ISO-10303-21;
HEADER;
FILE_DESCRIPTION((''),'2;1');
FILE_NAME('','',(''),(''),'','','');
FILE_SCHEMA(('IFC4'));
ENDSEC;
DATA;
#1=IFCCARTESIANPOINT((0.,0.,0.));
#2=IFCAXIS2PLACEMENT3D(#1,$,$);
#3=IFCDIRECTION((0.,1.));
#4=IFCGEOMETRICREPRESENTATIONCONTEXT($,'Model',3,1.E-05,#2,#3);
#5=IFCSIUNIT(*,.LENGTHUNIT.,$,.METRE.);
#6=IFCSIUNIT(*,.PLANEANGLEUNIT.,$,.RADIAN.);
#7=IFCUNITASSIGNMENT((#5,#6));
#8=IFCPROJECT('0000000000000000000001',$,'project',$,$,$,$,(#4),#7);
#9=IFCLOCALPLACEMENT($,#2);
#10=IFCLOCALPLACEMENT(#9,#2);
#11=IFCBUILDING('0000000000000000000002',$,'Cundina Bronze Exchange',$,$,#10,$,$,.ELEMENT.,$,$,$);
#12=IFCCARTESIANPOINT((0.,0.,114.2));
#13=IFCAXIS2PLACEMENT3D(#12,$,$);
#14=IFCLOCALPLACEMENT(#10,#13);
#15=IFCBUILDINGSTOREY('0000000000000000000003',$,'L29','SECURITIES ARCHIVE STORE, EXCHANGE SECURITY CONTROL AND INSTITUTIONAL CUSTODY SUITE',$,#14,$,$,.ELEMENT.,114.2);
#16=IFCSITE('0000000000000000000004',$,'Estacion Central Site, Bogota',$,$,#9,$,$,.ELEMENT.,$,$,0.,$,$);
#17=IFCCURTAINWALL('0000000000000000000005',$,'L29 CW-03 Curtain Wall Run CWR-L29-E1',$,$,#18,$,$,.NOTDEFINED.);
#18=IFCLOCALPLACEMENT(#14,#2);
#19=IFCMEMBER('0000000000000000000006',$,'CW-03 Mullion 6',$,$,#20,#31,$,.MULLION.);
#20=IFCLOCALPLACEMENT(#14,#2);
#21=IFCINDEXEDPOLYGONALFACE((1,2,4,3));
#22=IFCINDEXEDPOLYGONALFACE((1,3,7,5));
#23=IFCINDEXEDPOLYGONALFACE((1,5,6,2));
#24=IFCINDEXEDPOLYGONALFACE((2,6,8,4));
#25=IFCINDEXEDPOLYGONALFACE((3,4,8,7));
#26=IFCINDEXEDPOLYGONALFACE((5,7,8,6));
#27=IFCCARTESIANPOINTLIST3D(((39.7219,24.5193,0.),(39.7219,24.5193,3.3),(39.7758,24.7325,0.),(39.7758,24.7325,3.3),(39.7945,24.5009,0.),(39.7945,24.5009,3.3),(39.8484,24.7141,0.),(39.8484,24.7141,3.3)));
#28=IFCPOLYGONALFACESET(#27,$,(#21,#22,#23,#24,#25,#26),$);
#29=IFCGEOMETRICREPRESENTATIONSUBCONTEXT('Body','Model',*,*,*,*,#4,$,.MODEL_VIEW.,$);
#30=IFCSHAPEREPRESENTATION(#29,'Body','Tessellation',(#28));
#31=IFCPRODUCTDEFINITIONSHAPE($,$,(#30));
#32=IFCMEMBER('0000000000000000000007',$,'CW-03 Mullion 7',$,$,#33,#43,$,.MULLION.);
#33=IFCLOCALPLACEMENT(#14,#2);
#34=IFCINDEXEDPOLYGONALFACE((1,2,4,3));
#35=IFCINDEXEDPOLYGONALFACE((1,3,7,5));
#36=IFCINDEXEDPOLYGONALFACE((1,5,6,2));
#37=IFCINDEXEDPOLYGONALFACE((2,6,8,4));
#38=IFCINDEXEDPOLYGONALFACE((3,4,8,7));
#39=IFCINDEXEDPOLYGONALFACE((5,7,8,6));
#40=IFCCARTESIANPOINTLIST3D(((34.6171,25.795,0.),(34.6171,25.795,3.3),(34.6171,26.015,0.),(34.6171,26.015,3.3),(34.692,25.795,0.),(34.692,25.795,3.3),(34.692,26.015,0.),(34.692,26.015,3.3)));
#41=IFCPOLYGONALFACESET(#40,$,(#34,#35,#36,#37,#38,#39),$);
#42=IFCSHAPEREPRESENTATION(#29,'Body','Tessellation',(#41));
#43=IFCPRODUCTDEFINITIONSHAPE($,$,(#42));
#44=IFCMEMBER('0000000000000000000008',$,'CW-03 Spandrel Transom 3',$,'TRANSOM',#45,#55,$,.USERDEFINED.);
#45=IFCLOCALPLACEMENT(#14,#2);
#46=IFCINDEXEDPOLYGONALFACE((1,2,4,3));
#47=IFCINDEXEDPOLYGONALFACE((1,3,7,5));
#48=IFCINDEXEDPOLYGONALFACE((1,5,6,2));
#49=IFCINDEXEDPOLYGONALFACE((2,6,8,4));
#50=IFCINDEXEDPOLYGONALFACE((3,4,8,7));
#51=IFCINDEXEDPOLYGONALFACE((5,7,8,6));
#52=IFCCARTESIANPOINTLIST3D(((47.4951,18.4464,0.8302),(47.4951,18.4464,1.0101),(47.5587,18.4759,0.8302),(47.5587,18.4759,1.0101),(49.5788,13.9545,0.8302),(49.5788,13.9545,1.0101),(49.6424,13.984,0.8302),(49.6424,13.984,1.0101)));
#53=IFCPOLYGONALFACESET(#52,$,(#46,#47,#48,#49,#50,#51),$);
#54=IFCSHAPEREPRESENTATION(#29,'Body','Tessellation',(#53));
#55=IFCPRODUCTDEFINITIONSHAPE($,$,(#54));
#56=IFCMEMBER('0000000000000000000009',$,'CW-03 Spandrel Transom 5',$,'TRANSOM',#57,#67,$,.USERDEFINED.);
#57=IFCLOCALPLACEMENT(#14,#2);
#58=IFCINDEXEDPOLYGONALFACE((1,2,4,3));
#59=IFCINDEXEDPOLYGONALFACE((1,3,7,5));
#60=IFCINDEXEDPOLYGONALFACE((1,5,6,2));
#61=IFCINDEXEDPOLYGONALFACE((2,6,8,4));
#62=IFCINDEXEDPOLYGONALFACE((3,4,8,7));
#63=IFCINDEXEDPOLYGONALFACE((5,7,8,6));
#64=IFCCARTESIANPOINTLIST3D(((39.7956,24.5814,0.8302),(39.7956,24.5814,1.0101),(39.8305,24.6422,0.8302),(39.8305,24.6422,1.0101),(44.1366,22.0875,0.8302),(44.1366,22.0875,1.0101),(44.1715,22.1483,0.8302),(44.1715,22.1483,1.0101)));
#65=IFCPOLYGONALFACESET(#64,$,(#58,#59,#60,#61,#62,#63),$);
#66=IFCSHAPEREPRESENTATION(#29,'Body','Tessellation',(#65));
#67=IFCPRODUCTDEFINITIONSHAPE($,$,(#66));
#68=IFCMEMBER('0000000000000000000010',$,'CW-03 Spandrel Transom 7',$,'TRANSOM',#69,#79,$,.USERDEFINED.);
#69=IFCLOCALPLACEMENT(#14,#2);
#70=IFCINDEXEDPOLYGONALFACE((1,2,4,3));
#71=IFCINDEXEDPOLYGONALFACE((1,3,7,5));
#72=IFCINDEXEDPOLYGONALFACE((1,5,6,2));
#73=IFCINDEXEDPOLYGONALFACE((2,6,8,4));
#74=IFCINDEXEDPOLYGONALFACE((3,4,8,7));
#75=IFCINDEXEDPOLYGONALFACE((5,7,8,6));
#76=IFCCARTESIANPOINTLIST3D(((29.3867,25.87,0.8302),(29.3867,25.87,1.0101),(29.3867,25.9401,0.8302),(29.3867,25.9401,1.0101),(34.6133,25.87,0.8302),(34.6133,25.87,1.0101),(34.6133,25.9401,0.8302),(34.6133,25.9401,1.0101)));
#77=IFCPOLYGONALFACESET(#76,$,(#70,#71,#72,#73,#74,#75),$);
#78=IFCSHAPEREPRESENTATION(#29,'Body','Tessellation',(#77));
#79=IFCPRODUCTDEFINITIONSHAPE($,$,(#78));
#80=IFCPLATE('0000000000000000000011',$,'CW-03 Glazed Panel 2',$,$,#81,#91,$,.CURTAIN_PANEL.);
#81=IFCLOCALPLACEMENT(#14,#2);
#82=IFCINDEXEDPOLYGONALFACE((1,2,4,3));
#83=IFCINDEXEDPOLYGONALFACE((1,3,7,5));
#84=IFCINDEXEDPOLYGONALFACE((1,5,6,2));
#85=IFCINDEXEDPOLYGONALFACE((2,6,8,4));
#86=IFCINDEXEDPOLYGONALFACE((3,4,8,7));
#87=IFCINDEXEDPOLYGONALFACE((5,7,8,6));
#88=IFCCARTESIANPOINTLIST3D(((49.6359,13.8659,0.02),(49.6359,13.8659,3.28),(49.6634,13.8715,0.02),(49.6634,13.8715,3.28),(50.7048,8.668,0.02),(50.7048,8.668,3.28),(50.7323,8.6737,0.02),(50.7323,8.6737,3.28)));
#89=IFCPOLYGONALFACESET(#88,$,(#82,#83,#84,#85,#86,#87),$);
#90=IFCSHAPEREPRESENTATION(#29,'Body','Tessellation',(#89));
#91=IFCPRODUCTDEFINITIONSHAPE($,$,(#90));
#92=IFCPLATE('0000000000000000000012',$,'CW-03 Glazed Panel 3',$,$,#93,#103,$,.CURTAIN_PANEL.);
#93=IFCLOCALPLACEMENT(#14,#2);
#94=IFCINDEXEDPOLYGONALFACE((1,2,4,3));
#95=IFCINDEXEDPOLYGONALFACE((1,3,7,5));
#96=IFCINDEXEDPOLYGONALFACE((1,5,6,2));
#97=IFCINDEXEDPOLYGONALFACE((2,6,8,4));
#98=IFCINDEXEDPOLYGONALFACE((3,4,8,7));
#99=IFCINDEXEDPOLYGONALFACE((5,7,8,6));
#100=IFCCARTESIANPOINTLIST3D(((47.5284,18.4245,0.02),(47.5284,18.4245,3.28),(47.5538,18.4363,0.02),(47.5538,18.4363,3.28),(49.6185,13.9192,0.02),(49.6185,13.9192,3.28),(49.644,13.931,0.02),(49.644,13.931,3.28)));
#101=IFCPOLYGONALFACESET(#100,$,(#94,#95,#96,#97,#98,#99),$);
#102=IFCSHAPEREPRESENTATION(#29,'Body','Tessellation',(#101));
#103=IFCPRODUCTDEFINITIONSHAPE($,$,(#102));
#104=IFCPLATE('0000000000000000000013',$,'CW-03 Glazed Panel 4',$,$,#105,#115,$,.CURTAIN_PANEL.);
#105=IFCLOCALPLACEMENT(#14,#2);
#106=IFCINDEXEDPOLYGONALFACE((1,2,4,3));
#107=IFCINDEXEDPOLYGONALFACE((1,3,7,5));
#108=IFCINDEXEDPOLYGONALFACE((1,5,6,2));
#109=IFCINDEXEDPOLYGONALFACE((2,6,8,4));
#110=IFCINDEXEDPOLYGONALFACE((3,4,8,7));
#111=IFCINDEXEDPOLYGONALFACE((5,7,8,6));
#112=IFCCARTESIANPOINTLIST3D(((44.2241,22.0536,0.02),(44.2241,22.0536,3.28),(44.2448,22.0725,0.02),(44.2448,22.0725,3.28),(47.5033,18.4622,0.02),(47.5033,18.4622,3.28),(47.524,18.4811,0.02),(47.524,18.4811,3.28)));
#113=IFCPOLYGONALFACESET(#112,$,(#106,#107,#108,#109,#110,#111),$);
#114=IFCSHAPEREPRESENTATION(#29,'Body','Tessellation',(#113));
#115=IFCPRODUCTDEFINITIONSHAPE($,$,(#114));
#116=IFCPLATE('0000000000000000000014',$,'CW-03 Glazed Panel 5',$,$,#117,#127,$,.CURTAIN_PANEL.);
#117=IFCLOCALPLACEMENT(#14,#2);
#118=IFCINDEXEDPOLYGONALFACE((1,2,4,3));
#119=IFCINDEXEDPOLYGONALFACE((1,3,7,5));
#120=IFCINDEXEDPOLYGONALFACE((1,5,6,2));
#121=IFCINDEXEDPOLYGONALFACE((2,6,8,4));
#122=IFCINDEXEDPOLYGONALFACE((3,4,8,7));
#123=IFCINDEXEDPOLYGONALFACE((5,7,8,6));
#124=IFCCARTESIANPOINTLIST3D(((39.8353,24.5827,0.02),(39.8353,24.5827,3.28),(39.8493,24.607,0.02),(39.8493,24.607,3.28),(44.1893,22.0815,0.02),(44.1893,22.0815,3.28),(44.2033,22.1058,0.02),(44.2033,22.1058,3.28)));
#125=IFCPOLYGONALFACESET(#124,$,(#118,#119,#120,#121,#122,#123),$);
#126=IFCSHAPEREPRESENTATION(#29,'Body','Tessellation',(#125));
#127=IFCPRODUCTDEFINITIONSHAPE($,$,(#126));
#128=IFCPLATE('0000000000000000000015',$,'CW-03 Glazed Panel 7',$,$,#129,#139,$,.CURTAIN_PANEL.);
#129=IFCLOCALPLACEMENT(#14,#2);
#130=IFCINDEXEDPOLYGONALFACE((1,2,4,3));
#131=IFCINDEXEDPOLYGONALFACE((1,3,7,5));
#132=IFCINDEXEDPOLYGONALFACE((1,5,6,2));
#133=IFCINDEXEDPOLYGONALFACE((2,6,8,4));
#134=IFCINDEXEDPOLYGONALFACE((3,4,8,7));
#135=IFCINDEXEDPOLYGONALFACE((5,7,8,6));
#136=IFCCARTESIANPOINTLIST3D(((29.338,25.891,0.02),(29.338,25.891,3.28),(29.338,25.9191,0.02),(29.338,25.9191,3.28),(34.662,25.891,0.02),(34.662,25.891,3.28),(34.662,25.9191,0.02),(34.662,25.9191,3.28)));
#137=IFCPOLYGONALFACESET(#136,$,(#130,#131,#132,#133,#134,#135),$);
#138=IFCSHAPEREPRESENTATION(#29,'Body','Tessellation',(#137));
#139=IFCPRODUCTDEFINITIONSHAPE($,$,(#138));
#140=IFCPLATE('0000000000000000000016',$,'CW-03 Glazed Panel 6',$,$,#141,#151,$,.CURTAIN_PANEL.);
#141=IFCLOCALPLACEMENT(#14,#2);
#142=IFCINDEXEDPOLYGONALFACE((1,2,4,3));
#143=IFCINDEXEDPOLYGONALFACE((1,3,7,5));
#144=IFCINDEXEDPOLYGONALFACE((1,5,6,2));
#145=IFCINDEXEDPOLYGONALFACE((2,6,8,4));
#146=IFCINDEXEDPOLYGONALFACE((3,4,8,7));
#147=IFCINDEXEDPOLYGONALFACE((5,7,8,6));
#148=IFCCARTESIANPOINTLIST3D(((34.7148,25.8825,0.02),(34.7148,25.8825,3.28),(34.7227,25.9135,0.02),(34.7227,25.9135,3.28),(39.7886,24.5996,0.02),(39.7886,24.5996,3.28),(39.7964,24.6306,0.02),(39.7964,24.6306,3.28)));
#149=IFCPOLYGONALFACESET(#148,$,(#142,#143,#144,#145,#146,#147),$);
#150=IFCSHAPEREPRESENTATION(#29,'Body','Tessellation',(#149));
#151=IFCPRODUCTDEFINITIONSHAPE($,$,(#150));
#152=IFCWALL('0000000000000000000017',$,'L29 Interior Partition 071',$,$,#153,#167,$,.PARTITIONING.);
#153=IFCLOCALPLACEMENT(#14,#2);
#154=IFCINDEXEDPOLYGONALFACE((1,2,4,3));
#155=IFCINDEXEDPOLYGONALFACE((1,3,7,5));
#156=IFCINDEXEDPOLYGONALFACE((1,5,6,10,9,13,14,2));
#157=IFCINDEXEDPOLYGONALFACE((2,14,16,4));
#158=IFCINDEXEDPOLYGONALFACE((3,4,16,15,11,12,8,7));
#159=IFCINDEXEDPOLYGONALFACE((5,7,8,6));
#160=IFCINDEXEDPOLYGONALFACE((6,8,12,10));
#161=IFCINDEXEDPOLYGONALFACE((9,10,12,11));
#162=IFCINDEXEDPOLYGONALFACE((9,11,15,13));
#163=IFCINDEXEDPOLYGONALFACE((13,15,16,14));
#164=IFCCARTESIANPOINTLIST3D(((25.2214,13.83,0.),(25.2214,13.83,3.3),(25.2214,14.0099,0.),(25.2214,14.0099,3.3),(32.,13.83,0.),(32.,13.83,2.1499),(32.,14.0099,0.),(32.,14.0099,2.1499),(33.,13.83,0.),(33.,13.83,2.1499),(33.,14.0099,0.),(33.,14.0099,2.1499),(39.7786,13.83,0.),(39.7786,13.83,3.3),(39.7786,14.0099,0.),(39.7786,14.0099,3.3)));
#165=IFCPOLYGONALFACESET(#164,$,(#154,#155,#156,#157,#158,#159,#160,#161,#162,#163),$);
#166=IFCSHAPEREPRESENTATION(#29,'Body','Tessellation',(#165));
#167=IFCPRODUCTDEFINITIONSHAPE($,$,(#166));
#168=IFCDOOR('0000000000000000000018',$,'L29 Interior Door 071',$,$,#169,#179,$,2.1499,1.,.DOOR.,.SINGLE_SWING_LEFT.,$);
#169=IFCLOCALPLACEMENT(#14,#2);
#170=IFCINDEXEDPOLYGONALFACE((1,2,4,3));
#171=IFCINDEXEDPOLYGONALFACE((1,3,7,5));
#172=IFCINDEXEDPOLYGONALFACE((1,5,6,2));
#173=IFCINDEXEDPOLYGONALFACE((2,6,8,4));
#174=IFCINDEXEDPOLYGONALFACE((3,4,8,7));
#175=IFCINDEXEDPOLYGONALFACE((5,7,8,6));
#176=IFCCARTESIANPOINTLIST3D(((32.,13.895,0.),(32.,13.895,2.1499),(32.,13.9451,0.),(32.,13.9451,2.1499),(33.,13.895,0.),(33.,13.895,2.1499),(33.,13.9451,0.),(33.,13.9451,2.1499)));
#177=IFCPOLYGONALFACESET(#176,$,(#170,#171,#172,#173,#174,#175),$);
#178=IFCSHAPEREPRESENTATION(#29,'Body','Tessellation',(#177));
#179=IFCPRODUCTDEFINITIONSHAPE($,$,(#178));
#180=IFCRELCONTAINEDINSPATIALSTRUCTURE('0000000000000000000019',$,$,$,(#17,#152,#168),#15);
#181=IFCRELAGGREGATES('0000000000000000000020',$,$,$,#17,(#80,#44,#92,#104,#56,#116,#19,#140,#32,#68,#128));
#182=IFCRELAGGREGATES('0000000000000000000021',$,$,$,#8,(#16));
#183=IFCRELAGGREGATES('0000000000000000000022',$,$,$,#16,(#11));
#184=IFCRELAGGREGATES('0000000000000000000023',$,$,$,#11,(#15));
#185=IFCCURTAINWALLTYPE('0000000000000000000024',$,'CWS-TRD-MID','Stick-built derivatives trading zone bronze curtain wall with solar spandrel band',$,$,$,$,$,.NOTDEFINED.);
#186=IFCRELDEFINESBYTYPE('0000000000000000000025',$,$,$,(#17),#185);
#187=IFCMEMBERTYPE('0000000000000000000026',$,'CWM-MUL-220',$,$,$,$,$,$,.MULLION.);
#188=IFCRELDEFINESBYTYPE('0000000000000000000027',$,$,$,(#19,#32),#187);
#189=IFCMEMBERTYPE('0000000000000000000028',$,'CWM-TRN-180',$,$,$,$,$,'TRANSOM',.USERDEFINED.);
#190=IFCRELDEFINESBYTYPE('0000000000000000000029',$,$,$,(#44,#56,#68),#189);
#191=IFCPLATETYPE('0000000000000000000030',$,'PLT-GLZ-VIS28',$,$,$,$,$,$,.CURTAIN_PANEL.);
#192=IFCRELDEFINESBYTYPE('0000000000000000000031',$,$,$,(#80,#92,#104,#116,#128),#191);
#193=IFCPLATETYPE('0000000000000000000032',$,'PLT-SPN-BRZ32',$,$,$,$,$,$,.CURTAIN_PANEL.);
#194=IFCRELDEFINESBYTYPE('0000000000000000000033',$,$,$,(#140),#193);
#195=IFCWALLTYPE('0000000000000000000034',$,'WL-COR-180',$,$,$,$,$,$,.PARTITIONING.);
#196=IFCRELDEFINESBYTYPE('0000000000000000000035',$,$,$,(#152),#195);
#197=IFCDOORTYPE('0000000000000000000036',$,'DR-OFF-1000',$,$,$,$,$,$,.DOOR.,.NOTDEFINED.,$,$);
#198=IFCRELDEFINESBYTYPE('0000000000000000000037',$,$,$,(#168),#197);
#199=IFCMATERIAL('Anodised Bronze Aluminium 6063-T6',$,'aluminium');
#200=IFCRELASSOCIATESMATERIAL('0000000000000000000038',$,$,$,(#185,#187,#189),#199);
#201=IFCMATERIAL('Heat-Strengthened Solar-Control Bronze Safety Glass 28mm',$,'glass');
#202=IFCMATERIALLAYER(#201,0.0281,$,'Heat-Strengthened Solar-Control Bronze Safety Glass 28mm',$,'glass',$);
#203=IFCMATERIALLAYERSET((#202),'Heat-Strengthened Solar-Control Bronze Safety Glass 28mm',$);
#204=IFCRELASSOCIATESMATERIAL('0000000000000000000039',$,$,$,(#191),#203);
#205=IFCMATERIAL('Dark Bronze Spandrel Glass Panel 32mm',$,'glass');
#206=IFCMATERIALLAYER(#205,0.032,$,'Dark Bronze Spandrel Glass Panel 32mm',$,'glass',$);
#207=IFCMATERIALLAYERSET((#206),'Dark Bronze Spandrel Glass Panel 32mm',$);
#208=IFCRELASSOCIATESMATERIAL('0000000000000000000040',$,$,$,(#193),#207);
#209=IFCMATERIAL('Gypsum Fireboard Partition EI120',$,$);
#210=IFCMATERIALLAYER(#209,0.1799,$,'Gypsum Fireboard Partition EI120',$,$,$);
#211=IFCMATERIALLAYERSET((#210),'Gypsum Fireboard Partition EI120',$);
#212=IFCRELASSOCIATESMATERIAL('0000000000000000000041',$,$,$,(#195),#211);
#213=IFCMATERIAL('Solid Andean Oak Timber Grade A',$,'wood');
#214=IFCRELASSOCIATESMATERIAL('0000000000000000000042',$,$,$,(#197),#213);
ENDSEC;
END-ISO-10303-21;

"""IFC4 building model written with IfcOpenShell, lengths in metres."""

from ifc_helpers import new_model, si_unit, direction, frame, frame_2d, origin, origin_2d, place, context, subcontext, project, spatial, rectangle, extrude, material, layer, layer_set, material_profile, profile_set, type_object, element, fill, aggregate, save


model = new_model("IFC4")

# Units and contexts
model_context = context("Model", 3, precision=1e-05, world=origin(), true_north=direction((0.0, 1.0)))
body_context = subcontext(model_context, "Body", "Model", "MODEL_VIEW")
ifc_project = project(units=[si_unit("LENGTHUNIT", "METRE"), si_unit("PLANEANGLEUNIT", "RADIAN")], contexts=[model_context])

# Site, building, storey
site_placement = place(None, origin())
site = spatial("IfcSite", under=ifc_project, at=site_placement, Name="Estacion Central Site, Bogota", CompositionType="ELEMENT", RefElevation=0.0)
building_placement = place(site_placement, origin())
building = spatial("IfcBuilding", under=site, at=building_placement, Name="Cundina Bronze Exchange", CompositionType="ELEMENT")
storey_placement = place(building_placement, frame((0.0, 0.0, 114.2)))
storey = spatial("IfcBuildingStorey", under=building, at=storey_placement, Name="L29", Description="SECURITIES ARCHIVE STORE, EXCHANGE SECURITY CONTROL AND INSTITUTIONAL CUSTODY SUITE", CompositionType="ELEMENT", Elevation=114.2)

# Curtain wall, members, plates
ifc_material_1 = material(Name="Anodised Bronze Aluminium 6063-T6", Category="aluminium")
curtain_wall_type = type_object("IfcCurtainWallType", Name="CWS-TRD-MID", Description="Stick-built derivatives trading zone bronze curtain wall with solar spandrel band", PredefinedType="NOTDEFINED", material=ifc_material_1)
curtain_wall_placement = place(storey_placement, origin())
curtain_wall = element("IfcCurtainWall", 1, at=curtain_wall_placement, inside=storey, type_object=curtain_wall_type, Name="L29 CW-03 Curtain Wall Run CWR-L29-E1", PredefinedType="NOTDEFINED")
ifc_material_profile_1 = material_profile(ifc_material_1, rectangle(XDim=0.075, YDim=0.22, at=origin_2d()), Name="AL75X220", Category="aluminium")
ifc_profile_set_1 = profile_set([ifc_material_profile_1], Name="Anodised Bronze Aluminium 6063-T6")
member_type_1 = type_object("IfcMemberType", Name="CWM-MUL-220", PredefinedType="MULLION", material=ifc_profile_set_1)
member_1_placement = place(storey_placement, frame((39.7852, 24.6167, 0.0), z_axis=(0.0, 0.0, 1.0), x_axis=(-0.969488, 0.245138, 0.0)))
member_1 = element("IfcMember", 2, at=member_1_placement, type_object=member_type_1, Name="CW-03 Mullion 6", PredefinedType="MULLION", context=body_context, shape_type="SweptSolid", body=[
    extrude(rectangle(XDim=0.075, YDim=0.22, at=origin_2d()), origin(), (0.0, 0.0, 1.0), 3.3),
])
member_2_placement = place(storey_placement, frame((34.6545, 25.905, 0.0), z_axis=(0.0, 0.0, 1.0), x_axis=(-1.0, 0.0, 0.0)))
member_2 = element("IfcMember", 3, at=member_2_placement, type_object=member_type_1, Name="CW-03 Mullion 7", PredefinedType="MULLION", context=body_context, shape_type="SweptSolid", body=[
    extrude(rectangle(XDim=0.075, YDim=0.22, at=origin_2d()), origin(), (0.0, 0.0, 1.0), 3.3),
])
ifc_material_profile_2 = material_profile(ifc_material_1, rectangle(XDim=0.0701, YDim=0.1799, at=origin_2d()), Name="AL70X180", Category="aluminium")
ifc_profile_set_2 = profile_set([ifc_material_profile_2], Name="Anodised Bronze Aluminium 6063-T6")
member_type_2 = type_object("IfcMemberType", Name="CWM-TRN-180", ElementType="TRANSOM", PredefinedType="USERDEFINED", material=ifc_profile_set_2)
member_3_placement = place(storey_placement, frame((49.6106, 13.9692, 0.9202), z_axis=(-0.420811, 0.907148, 0.0), x_axis=(-0.907148, -0.420811, 0.0)))
member_3 = element("IfcMember", 4, at=member_3_placement, type_object=member_type_2, Name="CW-03 Spandrel Transom 3", ObjectType="TRANSOM", PredefinedType="USERDEFINED", context=body_context, shape_type="SweptSolid", body=[
    extrude(rectangle(XDim=0.0701, YDim=0.1799, at=origin_2d()), origin(), (0.0, 0.0, 1.0), 4.9517),
])
member_4_placement = place(storey_placement, frame((44.1541, 22.1179, 0.9202), z_axis=(-0.867097, 0.498139, 0.0), x_axis=(-0.498139, -0.867097, 0.0)))
member_4 = element("IfcMember", 5, at=member_4_placement, type_object=member_type_2, Name="CW-03 Spandrel Transom 5", ObjectType="TRANSOM", PredefinedType="USERDEFINED", context=body_context, shape_type="SweptSolid", body=[
    extrude(rectangle(XDim=0.0701, YDim=0.1799, at=origin_2d()), origin(), (0.0, 0.0, 1.0), 5.0063),
])
member_5_placement = place(storey_placement, frame((34.6133, 25.905, 0.9202), z_axis=(-1.0, 0.0, 0.0), x_axis=(0.0, -1.0, 0.0)))
member_5 = element("IfcMember", 6, at=member_5_placement, type_object=member_type_2, Name="CW-03 Spandrel Transom 7", ObjectType="TRANSOM", PredefinedType="USERDEFINED", context=body_context, shape_type="SweptSolid", body=[
    extrude(rectangle(XDim=0.0701, YDim=0.1799, at=origin_2d()), origin(), (0.0, 0.0, 1.0), 5.2266),
])
ifc_material_2 = material(Name="Heat-Strengthened Solar-Control Bronze Safety Glass 28mm", Category="glass")
ifc_layer_1 = layer(ifc_material_2, 0.0281, Name="Heat-Strengthened Solar-Control Bronze Safety Glass 28mm", Category="glass")
ifc_layer_set_1 = layer_set([ifc_layer_1], Name="Heat-Strengthened Solar-Control Bronze Safety Glass 28mm")
plate_type_1 = type_object("IfcPlateType", Name="PLT-GLZ-VIS28", PredefinedType="CURTAIN_PANEL", material=ifc_layer_set_1)
plate_1_placement = place(storey_placement, frame((50.1841, 11.2698, 0.02), z_axis=(0.0, 0.0, 1.0), x_axis=(-0.20142, 0.979505, 0.0)))
plate_1 = element("IfcPlate", 7, at=plate_1_placement, type_object=plate_type_1, Name="CW-03 Glazed Panel 2", PredefinedType="CURTAIN_PANEL", context=body_context, shape_type="SweptSolid", body=[
    extrude(rectangle(XDim=5.3066, YDim=0.0281, at=origin_2d()), origin(), (0.0, 0.0, 1.0), 3.26),
])
plate_2_placement = place(storey_placement, frame((48.5862, 16.1777, 0.02), z_axis=(0.0, 0.0, 1.0), x_axis=(-0.420846, 0.907132, 0.0)))
plate_2 = element("IfcPlate", 8, at=plate_2_placement, type_object=plate_type_1, Name="CW-03 Glazed Panel 3", PredefinedType="CURTAIN_PANEL", context=body_context, shape_type="SweptSolid", body=[
    extrude(rectangle(XDim=4.9666, YDim=0.0281, at=origin_2d()), origin(), (0.0, 0.0, 1.0), 3.26),
])
plate_3_placement = place(storey_placement, frame((45.874, 20.2673, 0.02), z_axis=(0.0, 0.0, 1.0), x_axis=(-0.674277, 0.738479, 0.0)))
plate_3 = element("IfcPlate", 9, at=plate_3_placement, type_object=plate_type_1, Name="CW-03 Glazed Panel 4", PredefinedType="CURTAIN_PANEL", context=body_context, shape_type="SweptSolid", body=[
    extrude(rectangle(XDim=4.8633, YDim=0.0281, at=origin_2d()), origin(), (0.0, 0.0, 1.0), 3.26),
])
plate_4_placement = place(storey_placement, frame((42.0193, 23.3442, 0.02), z_axis=(0.0, 0.0, 1.0), x_axis=(-0.867105, 0.498125, 0.0)))
plate_4 = element("IfcPlate", 10, at=plate_4_placement, type_object=plate_type_1, Name="CW-03 Glazed Panel 5", PredefinedType="CURTAIN_PANEL", context=body_context, shape_type="SweptSolid", body=[
    extrude(rectangle(XDim=5.0212, YDim=0.0281, at=origin_2d()), origin(), (0.0, 0.0, 1.0), 3.26),
])
plate_5_placement = place(storey_placement, frame((32.0, 25.905, 0.02), z_axis=(0.0, 0.0, 1.0), x_axis=(-1.0, 0.0, 0.0)))
plate_5 = element("IfcPlate", 11, at=plate_5_placement, type_object=plate_type_1, Name="CW-03 Glazed Panel 7", PredefinedType="CURTAIN_PANEL", context=body_context, shape_type="SweptSolid", body=[
    extrude(rectangle(XDim=5.324, YDim=0.0281, at=origin_2d()), origin(), (0.0, 0.0, 1.0), 3.26),
])
ifc_material_3 = material(Name="Dark Bronze Spandrel Glass Panel 32mm", Category="glass")
ifc_layer_2 = layer(ifc_material_3, 0.032, Name="Dark Bronze Spandrel Glass Panel 32mm", Category="glass")
ifc_layer_set_2 = layer_set([ifc_layer_2], Name="Dark Bronze Spandrel Glass Panel 32mm")
plate_type_2 = type_object("IfcPlateType", Name="PLT-SPN-BRZ32", PredefinedType="CURTAIN_PANEL", material=ifc_layer_set_2)
plate_6_placement = place(storey_placement, frame((37.2556, 25.2566, 0.02), z_axis=(0.0, 0.0, 1.0), x_axis=(-0.969488, 0.245138, 0.0)))
plate_6 = element("IfcPlate", 12, at=plate_6_placement, type_object=plate_type_2, Name="CW-03 Glazed Panel 6", PredefinedType="CURTAIN_PANEL", context=body_context, shape_type="SweptSolid", body=[
    extrude(rectangle(XDim=5.2334, YDim=0.032, at=origin_2d()), origin(), (0.0, 0.0, 1.0), 3.26),
])
aggregate(curtain_wall, [plate_1, member_3, plate_2, plate_3, member_4, plate_4, member_1, plate_6, member_2, member_5, plate_5])

# Wall, opening, door
ifc_material_4 = material(Name="Gypsum Fireboard Partition EI120")
ifc_layer_3 = layer(ifc_material_4, 0.1799, Name="Gypsum Fireboard Partition EI120")
ifc_layer_set_3 = layer_set([ifc_layer_3], Name="Gypsum Fireboard Partition EI120")
wall_type_1 = type_object("IfcWallType", Name="WL-COR-180", PredefinedType="PARTITIONING", material=ifc_layer_set_3)
wall_1_placement = place(storey_placement, frame((39.7786, 13.9199, 0.0), z_axis=(0.0, 0.0, 1.0), x_axis=(-1.0, 0.0, 0.0)))
wall_1 = element("IfcWall", 13, at=wall_1_placement, inside=storey, type_object=wall_type_1, Name="L29 Interior Partition 071", PredefinedType="PARTITIONING", context=body_context, shape_type="SweptSolid", body=[
    extrude(rectangle(XDim=14.5571, YDim=0.1799, at=frame_2d((7.2786, 0.0))), origin(), (0.0, 0.0, 1.0), 3.3),
])
opening_1_placement = place(wall_1_placement, frame((6.7786, 0.0, 0.0)))
opening_1 = element("IfcOpeningElement", 14, at=opening_1_placement, cuts=wall_1, PredefinedType="OPENING", context=body_context, shape_type="SweptSolid", body=[
    extrude(rectangle(XDim=1.0, YDim=2.1499, at=frame_2d((0.5, 1.075))), frame((0.0, 0.0999, 0.0), z_axis=(0.0, -1.0, 0.0), x_axis=(1.0, 0.0, 0.0)), (0.0, 0.0, 1.0), 0.2),
])
ifc_material_5 = material(Name="Solid Andean Oak Timber Grade A", Category="wood")
door_type = type_object("IfcDoorType", Name="DR-OFF-1000", OperationType="NOTDEFINED", PredefinedType="DOOR", material=ifc_material_5)
door_1_placement = place(opening_1_placement, origin())
door_1 = element("IfcDoor", 15, at=door_1_placement, inside=storey, type_object=door_type, Name="L29 Interior Door 071", OperationType="SINGLE_SWING_LEFT", OverallHeight=2.1499, OverallWidth=1.0, PredefinedType="DOOR", context=body_context, shape_type="SweptSolid", body=[
    extrude(rectangle(XDim=1.0, YDim=2.1499, at=frame_2d((0.5, 1.075))), frame((0.0, 0.0249, 0.0), z_axis=(0.0, -1.0, 0.0), x_axis=(1.0, 0.0, 0.0)), (0.0, 0.0, 1.0), 0.05),
])
fill(opening_1, door_1)

save(model, "model.ifc")
